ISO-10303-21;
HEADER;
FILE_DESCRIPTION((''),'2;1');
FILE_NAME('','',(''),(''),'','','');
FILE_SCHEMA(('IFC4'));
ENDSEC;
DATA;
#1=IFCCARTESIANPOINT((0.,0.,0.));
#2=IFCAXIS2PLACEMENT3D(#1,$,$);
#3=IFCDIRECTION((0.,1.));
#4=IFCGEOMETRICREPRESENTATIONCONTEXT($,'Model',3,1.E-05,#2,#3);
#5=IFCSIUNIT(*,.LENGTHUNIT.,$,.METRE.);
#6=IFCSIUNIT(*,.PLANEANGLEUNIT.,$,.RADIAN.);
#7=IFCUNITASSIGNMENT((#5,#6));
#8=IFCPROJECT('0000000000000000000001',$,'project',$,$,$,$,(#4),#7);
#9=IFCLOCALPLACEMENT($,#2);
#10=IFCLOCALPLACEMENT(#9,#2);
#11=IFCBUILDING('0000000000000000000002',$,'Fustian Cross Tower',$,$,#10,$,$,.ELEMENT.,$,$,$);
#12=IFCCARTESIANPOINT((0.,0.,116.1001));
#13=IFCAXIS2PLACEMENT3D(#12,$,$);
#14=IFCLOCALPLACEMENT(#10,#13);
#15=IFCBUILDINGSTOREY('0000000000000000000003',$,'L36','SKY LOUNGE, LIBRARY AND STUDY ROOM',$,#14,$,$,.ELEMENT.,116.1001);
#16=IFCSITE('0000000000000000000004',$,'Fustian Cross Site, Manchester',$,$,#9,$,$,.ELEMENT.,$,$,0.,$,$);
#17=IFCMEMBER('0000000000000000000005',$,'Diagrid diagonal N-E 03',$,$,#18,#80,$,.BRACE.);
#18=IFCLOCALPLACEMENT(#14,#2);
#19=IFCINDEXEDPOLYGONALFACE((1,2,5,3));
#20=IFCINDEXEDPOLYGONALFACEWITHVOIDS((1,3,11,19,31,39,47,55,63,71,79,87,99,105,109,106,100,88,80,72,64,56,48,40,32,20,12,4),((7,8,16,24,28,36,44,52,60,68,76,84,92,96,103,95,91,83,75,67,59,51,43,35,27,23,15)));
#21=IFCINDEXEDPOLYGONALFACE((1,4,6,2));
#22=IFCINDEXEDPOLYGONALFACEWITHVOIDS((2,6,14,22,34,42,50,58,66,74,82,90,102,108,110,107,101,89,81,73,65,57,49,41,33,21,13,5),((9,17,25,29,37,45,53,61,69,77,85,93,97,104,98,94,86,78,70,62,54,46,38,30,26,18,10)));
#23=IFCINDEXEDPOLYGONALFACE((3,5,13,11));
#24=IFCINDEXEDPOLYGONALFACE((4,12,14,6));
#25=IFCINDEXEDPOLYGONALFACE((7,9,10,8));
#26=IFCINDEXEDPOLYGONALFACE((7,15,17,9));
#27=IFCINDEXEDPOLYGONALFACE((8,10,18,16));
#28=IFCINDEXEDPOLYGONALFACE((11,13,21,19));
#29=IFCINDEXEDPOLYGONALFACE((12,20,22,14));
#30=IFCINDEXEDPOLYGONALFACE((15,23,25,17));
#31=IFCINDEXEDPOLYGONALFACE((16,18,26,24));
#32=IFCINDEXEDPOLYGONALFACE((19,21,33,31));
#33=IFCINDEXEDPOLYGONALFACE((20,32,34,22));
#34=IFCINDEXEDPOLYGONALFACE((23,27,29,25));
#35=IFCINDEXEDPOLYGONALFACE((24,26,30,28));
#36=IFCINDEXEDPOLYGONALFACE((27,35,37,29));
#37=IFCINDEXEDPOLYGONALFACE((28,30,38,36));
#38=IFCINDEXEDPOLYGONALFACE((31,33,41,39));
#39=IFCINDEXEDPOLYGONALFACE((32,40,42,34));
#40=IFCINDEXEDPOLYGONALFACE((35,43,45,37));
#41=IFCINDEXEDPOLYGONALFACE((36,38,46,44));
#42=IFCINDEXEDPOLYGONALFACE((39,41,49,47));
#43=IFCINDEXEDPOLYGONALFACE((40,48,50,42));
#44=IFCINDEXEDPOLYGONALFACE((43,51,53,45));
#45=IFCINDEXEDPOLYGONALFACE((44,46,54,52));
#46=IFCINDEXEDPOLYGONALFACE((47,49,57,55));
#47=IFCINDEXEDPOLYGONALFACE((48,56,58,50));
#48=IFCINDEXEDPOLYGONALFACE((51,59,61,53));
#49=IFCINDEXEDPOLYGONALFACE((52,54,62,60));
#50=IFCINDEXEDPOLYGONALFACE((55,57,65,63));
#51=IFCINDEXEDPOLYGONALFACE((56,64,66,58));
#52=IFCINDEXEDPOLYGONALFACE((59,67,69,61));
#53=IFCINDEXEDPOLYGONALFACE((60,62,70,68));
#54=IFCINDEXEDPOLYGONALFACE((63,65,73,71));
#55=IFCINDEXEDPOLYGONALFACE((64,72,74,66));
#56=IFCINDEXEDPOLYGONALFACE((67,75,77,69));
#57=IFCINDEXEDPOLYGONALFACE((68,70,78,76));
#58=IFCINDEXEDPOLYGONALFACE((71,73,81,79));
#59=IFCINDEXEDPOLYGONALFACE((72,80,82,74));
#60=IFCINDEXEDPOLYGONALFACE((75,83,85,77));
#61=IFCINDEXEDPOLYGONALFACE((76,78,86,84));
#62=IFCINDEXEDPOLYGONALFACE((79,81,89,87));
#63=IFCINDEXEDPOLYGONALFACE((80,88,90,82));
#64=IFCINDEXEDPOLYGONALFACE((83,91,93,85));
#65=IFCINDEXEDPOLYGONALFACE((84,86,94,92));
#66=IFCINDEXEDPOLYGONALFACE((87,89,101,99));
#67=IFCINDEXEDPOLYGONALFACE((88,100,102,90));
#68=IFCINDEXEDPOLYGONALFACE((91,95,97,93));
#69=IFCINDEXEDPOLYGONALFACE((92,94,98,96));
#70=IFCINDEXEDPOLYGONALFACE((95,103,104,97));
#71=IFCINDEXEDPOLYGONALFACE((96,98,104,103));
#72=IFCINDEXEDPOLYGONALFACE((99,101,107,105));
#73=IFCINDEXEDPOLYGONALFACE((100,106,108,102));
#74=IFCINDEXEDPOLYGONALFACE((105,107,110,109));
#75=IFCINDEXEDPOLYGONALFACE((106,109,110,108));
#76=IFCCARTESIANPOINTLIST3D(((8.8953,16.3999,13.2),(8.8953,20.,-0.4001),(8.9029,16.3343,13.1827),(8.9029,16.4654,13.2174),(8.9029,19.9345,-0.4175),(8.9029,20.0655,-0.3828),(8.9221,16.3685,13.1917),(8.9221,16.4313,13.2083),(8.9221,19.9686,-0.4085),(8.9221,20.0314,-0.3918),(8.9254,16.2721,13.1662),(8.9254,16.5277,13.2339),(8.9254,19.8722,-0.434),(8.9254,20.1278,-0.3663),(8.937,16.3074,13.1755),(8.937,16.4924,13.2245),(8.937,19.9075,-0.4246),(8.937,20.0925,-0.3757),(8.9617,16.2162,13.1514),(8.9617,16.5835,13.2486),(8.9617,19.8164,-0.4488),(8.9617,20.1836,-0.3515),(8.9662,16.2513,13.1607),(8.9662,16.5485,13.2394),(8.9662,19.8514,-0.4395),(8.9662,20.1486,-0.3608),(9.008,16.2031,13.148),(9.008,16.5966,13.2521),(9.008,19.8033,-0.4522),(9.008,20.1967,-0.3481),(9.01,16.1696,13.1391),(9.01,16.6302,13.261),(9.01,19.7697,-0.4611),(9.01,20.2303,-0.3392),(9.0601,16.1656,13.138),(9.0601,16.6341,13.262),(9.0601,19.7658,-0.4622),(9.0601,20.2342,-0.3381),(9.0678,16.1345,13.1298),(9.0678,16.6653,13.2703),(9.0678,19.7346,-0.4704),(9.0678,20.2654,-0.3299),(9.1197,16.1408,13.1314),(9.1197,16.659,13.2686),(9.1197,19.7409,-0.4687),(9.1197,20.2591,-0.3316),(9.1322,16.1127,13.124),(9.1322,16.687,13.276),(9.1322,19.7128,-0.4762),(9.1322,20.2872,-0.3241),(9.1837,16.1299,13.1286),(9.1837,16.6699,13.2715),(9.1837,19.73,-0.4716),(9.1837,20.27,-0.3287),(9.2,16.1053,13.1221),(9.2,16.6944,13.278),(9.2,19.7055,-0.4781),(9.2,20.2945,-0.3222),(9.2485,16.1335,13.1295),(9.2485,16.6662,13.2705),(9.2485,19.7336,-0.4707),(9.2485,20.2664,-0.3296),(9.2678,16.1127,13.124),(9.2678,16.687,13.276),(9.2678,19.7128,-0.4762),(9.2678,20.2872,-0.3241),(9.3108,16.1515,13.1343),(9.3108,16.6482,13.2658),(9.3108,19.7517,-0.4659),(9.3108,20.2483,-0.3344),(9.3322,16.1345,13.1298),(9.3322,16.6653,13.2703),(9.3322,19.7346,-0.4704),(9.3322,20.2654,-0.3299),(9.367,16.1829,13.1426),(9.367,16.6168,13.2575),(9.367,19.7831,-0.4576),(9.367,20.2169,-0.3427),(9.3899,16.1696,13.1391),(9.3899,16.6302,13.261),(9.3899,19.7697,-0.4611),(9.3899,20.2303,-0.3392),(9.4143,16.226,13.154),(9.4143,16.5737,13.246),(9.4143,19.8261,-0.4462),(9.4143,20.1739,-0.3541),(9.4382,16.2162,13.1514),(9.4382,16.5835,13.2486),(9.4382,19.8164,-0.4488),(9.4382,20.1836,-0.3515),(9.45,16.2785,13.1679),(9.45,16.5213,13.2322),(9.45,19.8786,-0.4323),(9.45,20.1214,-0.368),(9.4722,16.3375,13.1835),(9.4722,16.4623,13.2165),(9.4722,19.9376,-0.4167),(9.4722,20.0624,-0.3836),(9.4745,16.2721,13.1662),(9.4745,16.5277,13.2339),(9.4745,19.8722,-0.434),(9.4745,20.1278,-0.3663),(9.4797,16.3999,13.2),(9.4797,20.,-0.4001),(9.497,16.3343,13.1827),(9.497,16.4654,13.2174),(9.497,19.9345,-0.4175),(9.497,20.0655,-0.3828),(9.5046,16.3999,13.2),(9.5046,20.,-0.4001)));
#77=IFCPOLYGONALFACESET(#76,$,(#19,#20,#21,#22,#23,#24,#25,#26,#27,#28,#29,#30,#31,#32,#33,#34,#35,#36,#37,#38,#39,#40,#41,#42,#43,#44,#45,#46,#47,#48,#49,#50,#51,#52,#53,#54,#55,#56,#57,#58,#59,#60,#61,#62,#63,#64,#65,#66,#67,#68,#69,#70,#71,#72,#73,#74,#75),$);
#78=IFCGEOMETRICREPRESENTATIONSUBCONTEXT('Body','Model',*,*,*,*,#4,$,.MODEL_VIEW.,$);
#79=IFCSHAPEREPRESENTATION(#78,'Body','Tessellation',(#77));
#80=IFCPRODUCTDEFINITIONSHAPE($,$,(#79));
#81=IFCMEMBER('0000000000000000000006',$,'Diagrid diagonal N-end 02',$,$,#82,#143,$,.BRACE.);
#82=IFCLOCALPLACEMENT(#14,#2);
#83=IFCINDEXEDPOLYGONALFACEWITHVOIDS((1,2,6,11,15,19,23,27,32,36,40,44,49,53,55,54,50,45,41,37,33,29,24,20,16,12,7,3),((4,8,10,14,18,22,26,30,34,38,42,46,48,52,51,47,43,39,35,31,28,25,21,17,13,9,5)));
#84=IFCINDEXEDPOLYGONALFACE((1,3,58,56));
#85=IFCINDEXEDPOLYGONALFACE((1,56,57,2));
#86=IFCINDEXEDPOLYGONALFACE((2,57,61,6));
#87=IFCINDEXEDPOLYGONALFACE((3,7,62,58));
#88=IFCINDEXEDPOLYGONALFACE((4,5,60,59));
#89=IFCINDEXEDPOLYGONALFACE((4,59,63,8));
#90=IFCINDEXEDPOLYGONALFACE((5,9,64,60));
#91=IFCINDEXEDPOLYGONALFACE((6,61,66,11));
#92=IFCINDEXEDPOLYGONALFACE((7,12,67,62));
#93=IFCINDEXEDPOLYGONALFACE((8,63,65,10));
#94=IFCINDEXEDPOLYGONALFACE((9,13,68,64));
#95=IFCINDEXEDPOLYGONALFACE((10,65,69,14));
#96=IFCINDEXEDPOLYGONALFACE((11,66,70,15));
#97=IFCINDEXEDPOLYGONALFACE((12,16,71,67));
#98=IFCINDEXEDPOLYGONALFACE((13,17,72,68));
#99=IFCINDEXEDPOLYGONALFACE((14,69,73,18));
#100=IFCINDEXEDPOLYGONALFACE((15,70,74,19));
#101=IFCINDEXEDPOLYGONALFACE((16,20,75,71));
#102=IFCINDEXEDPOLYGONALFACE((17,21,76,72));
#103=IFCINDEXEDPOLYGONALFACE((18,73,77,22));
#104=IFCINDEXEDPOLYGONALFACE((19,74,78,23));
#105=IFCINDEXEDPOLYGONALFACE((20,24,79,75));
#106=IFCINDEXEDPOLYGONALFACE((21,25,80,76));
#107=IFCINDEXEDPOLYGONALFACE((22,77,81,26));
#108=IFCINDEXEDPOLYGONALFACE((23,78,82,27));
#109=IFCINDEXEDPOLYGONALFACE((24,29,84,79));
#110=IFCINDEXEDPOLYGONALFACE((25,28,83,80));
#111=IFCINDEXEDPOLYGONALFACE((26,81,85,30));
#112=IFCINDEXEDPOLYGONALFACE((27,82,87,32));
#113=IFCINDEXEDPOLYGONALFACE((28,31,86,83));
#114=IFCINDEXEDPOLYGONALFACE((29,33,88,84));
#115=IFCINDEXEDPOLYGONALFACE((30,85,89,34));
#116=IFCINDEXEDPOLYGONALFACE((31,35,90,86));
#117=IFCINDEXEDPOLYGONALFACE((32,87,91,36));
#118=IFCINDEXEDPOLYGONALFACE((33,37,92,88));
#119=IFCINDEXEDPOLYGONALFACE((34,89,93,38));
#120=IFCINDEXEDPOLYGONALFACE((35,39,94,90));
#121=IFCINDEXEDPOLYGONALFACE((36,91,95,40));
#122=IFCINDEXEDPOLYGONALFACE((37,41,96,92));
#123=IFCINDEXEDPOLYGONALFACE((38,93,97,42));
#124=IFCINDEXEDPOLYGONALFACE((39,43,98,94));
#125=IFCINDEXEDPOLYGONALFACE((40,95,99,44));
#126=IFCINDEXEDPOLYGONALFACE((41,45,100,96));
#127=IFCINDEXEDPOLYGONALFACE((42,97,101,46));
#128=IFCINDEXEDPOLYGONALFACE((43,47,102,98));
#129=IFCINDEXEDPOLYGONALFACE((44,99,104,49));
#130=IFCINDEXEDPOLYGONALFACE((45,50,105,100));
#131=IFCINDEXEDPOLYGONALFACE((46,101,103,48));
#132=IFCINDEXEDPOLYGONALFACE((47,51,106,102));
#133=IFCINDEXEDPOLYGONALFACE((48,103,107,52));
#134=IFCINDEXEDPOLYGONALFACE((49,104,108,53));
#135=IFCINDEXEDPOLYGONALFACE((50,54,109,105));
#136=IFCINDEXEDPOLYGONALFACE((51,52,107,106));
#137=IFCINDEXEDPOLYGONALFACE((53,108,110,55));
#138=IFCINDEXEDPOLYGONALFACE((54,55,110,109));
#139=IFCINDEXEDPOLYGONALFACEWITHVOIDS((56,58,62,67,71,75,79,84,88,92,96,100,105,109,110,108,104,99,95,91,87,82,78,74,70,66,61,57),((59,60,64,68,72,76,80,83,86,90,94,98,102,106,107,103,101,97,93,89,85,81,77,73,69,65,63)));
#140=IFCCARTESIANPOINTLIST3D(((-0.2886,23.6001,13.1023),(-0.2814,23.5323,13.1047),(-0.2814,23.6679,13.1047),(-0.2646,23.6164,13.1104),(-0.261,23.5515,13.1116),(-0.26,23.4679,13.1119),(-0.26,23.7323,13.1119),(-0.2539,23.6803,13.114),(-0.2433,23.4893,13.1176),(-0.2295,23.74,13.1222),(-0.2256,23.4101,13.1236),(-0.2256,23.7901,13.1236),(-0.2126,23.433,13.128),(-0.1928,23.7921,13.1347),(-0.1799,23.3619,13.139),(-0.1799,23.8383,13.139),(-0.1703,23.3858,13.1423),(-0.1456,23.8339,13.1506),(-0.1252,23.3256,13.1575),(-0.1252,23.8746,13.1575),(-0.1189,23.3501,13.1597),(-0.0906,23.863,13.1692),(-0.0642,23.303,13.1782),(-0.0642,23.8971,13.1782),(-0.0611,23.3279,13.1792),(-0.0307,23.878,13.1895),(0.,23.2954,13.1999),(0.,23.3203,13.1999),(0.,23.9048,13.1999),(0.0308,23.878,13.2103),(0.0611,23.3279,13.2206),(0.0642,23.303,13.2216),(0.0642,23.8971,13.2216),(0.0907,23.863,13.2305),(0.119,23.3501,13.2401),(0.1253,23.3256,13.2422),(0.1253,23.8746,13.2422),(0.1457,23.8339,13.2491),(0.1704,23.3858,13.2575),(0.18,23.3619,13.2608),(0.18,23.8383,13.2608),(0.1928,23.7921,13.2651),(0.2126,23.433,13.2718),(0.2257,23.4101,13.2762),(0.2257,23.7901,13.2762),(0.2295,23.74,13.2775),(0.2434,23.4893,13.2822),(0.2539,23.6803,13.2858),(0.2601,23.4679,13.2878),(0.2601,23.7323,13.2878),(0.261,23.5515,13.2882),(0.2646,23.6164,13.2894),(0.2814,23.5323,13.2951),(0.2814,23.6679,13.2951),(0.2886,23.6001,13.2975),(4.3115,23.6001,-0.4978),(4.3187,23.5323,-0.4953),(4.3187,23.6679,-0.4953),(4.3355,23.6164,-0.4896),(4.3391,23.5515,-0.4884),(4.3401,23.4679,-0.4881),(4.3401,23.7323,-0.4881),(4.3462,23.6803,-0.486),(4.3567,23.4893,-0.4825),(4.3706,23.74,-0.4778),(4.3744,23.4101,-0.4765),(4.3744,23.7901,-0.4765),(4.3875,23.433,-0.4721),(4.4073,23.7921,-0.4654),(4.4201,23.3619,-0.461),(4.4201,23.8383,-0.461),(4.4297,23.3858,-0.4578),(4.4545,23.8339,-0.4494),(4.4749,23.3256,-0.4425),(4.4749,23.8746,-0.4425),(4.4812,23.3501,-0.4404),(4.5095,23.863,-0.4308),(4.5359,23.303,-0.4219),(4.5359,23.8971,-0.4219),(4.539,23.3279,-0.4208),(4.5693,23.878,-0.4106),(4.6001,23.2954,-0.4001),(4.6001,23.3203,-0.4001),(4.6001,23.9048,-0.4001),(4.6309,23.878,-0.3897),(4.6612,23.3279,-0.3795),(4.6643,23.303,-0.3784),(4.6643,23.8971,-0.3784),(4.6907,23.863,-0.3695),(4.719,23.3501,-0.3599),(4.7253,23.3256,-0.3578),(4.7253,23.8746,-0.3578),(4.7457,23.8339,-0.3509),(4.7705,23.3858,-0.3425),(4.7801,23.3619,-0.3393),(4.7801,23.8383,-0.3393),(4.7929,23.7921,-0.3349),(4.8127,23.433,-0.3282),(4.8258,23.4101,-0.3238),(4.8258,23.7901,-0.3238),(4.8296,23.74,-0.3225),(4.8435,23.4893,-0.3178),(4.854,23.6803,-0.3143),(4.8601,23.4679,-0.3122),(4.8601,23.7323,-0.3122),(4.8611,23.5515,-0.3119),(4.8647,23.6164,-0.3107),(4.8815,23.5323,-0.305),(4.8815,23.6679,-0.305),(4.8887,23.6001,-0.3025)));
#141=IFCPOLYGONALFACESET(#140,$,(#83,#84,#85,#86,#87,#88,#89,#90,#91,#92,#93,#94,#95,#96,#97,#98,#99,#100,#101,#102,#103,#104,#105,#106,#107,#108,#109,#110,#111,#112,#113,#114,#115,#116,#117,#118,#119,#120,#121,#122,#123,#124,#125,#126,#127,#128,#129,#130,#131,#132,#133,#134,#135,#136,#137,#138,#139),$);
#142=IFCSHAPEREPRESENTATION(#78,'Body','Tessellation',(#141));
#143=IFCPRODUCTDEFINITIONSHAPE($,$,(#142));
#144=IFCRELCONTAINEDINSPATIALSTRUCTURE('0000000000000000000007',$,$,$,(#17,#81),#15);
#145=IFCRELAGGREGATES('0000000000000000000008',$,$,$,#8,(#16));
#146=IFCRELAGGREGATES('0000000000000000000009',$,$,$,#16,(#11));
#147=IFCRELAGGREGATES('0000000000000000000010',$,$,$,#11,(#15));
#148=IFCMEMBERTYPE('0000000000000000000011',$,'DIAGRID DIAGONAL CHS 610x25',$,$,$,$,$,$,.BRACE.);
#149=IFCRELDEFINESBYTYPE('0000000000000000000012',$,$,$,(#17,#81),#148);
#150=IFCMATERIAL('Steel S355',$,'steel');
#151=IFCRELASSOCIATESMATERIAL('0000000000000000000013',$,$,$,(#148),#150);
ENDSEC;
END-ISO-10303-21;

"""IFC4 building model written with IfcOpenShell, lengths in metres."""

from ifc_helpers import new_model, si_unit, direction, frame, origin, origin_2d, place, context, subcontext, project, spatial, hollow_circle, extrude, material, material_profile, profile_set, type_object, element, save


model = new_model("IFC4")

# Units and contexts
model_context = context("Model", 3, precision=1e-05, world=origin(), true_north=direction((0.0, 1.0)))
body_context = subcontext(model_context, "Body", "Model", "MODEL_VIEW")
ifc_project = project(units=[si_unit("LENGTHUNIT", "METRE"), si_unit("PLANEANGLEUNIT", "RADIAN")], contexts=[model_context])

# Site, building, storey
site_placement = place(None, origin())
site = spatial("IfcSite", under=ifc_project, at=site_placement, Name="Fustian Cross Site, Manchester", CompositionType="ELEMENT", RefElevation=0.0)
building_placement = place(site_placement, origin())
building = spatial("IfcBuilding", under=site, at=building_placement, Name="Fustian Cross Tower", CompositionType="ELEMENT")
storey_placement = place(building_placement, frame((0.0, 0.0, 116.1001)))
storey = spatial("IfcBuildingStorey", under=building, at=storey_placement, Name="L36", Description="SKY LOUNGE, LIBRARY AND STUDY ROOM", CompositionType="ELEMENT", Elevation=116.1001)

# Members
ifc_material_1 = material(Name="Steel S355", Category="steel")
ifc_material_profile_1 = material_profile(ifc_material_1, hollow_circle(Radius=0.3047, WallThickness=0.0249, at=origin_2d()), Name="CHS 610x25")
ifc_profile_set_1 = profile_set([ifc_material_profile_1], Name="Steel S355")
member_type_1 = type_object("IfcMemberType", Name="DIAGRID DIAGONAL CHS 610x25", PredefinedType="BRACE", material=ifc_profile_set_1)
member_1_placement = place(storey_placement, frame((9.2, 20.0, -0.4001), z_axis=(0.0, -0.255897, 0.966704), x_axis=(1.0, 0.0, 0.0)))
element("IfcMember", 1, at=member_1_placement, inside=storey, type_object=member_type_1, Name="Diagrid diagonal N-E 03", PredefinedType="BRACE", context=body_context, shape_type="SweptSolid", body=[
    extrude(hollow_circle(Radius=0.3047, WallThickness=0.0249, at=origin_2d()), origin(), (0.0, 0.0, 1.0), 14.0686),
])
member_2_placement = place(storey_placement, frame((4.6001, 23.6001, -0.4001), z_axis=(-0.320408, 0.0, 0.94728), x_axis=(0.0, -1.0, 0.0)))
element("IfcMember", 2, at=member_2_placement, inside=storey, type_object=member_type_1, Name="Diagrid diagonal N-end 02", PredefinedType="BRACE", context=body_context, shape_type="SweptSolid", body=[
    extrude(hollow_circle(Radius=0.3047, WallThickness=0.0249, at=origin_2d()), origin(), (0.0, 0.0, 1.0), 14.3569),
])

save(model, "model.ifc")
